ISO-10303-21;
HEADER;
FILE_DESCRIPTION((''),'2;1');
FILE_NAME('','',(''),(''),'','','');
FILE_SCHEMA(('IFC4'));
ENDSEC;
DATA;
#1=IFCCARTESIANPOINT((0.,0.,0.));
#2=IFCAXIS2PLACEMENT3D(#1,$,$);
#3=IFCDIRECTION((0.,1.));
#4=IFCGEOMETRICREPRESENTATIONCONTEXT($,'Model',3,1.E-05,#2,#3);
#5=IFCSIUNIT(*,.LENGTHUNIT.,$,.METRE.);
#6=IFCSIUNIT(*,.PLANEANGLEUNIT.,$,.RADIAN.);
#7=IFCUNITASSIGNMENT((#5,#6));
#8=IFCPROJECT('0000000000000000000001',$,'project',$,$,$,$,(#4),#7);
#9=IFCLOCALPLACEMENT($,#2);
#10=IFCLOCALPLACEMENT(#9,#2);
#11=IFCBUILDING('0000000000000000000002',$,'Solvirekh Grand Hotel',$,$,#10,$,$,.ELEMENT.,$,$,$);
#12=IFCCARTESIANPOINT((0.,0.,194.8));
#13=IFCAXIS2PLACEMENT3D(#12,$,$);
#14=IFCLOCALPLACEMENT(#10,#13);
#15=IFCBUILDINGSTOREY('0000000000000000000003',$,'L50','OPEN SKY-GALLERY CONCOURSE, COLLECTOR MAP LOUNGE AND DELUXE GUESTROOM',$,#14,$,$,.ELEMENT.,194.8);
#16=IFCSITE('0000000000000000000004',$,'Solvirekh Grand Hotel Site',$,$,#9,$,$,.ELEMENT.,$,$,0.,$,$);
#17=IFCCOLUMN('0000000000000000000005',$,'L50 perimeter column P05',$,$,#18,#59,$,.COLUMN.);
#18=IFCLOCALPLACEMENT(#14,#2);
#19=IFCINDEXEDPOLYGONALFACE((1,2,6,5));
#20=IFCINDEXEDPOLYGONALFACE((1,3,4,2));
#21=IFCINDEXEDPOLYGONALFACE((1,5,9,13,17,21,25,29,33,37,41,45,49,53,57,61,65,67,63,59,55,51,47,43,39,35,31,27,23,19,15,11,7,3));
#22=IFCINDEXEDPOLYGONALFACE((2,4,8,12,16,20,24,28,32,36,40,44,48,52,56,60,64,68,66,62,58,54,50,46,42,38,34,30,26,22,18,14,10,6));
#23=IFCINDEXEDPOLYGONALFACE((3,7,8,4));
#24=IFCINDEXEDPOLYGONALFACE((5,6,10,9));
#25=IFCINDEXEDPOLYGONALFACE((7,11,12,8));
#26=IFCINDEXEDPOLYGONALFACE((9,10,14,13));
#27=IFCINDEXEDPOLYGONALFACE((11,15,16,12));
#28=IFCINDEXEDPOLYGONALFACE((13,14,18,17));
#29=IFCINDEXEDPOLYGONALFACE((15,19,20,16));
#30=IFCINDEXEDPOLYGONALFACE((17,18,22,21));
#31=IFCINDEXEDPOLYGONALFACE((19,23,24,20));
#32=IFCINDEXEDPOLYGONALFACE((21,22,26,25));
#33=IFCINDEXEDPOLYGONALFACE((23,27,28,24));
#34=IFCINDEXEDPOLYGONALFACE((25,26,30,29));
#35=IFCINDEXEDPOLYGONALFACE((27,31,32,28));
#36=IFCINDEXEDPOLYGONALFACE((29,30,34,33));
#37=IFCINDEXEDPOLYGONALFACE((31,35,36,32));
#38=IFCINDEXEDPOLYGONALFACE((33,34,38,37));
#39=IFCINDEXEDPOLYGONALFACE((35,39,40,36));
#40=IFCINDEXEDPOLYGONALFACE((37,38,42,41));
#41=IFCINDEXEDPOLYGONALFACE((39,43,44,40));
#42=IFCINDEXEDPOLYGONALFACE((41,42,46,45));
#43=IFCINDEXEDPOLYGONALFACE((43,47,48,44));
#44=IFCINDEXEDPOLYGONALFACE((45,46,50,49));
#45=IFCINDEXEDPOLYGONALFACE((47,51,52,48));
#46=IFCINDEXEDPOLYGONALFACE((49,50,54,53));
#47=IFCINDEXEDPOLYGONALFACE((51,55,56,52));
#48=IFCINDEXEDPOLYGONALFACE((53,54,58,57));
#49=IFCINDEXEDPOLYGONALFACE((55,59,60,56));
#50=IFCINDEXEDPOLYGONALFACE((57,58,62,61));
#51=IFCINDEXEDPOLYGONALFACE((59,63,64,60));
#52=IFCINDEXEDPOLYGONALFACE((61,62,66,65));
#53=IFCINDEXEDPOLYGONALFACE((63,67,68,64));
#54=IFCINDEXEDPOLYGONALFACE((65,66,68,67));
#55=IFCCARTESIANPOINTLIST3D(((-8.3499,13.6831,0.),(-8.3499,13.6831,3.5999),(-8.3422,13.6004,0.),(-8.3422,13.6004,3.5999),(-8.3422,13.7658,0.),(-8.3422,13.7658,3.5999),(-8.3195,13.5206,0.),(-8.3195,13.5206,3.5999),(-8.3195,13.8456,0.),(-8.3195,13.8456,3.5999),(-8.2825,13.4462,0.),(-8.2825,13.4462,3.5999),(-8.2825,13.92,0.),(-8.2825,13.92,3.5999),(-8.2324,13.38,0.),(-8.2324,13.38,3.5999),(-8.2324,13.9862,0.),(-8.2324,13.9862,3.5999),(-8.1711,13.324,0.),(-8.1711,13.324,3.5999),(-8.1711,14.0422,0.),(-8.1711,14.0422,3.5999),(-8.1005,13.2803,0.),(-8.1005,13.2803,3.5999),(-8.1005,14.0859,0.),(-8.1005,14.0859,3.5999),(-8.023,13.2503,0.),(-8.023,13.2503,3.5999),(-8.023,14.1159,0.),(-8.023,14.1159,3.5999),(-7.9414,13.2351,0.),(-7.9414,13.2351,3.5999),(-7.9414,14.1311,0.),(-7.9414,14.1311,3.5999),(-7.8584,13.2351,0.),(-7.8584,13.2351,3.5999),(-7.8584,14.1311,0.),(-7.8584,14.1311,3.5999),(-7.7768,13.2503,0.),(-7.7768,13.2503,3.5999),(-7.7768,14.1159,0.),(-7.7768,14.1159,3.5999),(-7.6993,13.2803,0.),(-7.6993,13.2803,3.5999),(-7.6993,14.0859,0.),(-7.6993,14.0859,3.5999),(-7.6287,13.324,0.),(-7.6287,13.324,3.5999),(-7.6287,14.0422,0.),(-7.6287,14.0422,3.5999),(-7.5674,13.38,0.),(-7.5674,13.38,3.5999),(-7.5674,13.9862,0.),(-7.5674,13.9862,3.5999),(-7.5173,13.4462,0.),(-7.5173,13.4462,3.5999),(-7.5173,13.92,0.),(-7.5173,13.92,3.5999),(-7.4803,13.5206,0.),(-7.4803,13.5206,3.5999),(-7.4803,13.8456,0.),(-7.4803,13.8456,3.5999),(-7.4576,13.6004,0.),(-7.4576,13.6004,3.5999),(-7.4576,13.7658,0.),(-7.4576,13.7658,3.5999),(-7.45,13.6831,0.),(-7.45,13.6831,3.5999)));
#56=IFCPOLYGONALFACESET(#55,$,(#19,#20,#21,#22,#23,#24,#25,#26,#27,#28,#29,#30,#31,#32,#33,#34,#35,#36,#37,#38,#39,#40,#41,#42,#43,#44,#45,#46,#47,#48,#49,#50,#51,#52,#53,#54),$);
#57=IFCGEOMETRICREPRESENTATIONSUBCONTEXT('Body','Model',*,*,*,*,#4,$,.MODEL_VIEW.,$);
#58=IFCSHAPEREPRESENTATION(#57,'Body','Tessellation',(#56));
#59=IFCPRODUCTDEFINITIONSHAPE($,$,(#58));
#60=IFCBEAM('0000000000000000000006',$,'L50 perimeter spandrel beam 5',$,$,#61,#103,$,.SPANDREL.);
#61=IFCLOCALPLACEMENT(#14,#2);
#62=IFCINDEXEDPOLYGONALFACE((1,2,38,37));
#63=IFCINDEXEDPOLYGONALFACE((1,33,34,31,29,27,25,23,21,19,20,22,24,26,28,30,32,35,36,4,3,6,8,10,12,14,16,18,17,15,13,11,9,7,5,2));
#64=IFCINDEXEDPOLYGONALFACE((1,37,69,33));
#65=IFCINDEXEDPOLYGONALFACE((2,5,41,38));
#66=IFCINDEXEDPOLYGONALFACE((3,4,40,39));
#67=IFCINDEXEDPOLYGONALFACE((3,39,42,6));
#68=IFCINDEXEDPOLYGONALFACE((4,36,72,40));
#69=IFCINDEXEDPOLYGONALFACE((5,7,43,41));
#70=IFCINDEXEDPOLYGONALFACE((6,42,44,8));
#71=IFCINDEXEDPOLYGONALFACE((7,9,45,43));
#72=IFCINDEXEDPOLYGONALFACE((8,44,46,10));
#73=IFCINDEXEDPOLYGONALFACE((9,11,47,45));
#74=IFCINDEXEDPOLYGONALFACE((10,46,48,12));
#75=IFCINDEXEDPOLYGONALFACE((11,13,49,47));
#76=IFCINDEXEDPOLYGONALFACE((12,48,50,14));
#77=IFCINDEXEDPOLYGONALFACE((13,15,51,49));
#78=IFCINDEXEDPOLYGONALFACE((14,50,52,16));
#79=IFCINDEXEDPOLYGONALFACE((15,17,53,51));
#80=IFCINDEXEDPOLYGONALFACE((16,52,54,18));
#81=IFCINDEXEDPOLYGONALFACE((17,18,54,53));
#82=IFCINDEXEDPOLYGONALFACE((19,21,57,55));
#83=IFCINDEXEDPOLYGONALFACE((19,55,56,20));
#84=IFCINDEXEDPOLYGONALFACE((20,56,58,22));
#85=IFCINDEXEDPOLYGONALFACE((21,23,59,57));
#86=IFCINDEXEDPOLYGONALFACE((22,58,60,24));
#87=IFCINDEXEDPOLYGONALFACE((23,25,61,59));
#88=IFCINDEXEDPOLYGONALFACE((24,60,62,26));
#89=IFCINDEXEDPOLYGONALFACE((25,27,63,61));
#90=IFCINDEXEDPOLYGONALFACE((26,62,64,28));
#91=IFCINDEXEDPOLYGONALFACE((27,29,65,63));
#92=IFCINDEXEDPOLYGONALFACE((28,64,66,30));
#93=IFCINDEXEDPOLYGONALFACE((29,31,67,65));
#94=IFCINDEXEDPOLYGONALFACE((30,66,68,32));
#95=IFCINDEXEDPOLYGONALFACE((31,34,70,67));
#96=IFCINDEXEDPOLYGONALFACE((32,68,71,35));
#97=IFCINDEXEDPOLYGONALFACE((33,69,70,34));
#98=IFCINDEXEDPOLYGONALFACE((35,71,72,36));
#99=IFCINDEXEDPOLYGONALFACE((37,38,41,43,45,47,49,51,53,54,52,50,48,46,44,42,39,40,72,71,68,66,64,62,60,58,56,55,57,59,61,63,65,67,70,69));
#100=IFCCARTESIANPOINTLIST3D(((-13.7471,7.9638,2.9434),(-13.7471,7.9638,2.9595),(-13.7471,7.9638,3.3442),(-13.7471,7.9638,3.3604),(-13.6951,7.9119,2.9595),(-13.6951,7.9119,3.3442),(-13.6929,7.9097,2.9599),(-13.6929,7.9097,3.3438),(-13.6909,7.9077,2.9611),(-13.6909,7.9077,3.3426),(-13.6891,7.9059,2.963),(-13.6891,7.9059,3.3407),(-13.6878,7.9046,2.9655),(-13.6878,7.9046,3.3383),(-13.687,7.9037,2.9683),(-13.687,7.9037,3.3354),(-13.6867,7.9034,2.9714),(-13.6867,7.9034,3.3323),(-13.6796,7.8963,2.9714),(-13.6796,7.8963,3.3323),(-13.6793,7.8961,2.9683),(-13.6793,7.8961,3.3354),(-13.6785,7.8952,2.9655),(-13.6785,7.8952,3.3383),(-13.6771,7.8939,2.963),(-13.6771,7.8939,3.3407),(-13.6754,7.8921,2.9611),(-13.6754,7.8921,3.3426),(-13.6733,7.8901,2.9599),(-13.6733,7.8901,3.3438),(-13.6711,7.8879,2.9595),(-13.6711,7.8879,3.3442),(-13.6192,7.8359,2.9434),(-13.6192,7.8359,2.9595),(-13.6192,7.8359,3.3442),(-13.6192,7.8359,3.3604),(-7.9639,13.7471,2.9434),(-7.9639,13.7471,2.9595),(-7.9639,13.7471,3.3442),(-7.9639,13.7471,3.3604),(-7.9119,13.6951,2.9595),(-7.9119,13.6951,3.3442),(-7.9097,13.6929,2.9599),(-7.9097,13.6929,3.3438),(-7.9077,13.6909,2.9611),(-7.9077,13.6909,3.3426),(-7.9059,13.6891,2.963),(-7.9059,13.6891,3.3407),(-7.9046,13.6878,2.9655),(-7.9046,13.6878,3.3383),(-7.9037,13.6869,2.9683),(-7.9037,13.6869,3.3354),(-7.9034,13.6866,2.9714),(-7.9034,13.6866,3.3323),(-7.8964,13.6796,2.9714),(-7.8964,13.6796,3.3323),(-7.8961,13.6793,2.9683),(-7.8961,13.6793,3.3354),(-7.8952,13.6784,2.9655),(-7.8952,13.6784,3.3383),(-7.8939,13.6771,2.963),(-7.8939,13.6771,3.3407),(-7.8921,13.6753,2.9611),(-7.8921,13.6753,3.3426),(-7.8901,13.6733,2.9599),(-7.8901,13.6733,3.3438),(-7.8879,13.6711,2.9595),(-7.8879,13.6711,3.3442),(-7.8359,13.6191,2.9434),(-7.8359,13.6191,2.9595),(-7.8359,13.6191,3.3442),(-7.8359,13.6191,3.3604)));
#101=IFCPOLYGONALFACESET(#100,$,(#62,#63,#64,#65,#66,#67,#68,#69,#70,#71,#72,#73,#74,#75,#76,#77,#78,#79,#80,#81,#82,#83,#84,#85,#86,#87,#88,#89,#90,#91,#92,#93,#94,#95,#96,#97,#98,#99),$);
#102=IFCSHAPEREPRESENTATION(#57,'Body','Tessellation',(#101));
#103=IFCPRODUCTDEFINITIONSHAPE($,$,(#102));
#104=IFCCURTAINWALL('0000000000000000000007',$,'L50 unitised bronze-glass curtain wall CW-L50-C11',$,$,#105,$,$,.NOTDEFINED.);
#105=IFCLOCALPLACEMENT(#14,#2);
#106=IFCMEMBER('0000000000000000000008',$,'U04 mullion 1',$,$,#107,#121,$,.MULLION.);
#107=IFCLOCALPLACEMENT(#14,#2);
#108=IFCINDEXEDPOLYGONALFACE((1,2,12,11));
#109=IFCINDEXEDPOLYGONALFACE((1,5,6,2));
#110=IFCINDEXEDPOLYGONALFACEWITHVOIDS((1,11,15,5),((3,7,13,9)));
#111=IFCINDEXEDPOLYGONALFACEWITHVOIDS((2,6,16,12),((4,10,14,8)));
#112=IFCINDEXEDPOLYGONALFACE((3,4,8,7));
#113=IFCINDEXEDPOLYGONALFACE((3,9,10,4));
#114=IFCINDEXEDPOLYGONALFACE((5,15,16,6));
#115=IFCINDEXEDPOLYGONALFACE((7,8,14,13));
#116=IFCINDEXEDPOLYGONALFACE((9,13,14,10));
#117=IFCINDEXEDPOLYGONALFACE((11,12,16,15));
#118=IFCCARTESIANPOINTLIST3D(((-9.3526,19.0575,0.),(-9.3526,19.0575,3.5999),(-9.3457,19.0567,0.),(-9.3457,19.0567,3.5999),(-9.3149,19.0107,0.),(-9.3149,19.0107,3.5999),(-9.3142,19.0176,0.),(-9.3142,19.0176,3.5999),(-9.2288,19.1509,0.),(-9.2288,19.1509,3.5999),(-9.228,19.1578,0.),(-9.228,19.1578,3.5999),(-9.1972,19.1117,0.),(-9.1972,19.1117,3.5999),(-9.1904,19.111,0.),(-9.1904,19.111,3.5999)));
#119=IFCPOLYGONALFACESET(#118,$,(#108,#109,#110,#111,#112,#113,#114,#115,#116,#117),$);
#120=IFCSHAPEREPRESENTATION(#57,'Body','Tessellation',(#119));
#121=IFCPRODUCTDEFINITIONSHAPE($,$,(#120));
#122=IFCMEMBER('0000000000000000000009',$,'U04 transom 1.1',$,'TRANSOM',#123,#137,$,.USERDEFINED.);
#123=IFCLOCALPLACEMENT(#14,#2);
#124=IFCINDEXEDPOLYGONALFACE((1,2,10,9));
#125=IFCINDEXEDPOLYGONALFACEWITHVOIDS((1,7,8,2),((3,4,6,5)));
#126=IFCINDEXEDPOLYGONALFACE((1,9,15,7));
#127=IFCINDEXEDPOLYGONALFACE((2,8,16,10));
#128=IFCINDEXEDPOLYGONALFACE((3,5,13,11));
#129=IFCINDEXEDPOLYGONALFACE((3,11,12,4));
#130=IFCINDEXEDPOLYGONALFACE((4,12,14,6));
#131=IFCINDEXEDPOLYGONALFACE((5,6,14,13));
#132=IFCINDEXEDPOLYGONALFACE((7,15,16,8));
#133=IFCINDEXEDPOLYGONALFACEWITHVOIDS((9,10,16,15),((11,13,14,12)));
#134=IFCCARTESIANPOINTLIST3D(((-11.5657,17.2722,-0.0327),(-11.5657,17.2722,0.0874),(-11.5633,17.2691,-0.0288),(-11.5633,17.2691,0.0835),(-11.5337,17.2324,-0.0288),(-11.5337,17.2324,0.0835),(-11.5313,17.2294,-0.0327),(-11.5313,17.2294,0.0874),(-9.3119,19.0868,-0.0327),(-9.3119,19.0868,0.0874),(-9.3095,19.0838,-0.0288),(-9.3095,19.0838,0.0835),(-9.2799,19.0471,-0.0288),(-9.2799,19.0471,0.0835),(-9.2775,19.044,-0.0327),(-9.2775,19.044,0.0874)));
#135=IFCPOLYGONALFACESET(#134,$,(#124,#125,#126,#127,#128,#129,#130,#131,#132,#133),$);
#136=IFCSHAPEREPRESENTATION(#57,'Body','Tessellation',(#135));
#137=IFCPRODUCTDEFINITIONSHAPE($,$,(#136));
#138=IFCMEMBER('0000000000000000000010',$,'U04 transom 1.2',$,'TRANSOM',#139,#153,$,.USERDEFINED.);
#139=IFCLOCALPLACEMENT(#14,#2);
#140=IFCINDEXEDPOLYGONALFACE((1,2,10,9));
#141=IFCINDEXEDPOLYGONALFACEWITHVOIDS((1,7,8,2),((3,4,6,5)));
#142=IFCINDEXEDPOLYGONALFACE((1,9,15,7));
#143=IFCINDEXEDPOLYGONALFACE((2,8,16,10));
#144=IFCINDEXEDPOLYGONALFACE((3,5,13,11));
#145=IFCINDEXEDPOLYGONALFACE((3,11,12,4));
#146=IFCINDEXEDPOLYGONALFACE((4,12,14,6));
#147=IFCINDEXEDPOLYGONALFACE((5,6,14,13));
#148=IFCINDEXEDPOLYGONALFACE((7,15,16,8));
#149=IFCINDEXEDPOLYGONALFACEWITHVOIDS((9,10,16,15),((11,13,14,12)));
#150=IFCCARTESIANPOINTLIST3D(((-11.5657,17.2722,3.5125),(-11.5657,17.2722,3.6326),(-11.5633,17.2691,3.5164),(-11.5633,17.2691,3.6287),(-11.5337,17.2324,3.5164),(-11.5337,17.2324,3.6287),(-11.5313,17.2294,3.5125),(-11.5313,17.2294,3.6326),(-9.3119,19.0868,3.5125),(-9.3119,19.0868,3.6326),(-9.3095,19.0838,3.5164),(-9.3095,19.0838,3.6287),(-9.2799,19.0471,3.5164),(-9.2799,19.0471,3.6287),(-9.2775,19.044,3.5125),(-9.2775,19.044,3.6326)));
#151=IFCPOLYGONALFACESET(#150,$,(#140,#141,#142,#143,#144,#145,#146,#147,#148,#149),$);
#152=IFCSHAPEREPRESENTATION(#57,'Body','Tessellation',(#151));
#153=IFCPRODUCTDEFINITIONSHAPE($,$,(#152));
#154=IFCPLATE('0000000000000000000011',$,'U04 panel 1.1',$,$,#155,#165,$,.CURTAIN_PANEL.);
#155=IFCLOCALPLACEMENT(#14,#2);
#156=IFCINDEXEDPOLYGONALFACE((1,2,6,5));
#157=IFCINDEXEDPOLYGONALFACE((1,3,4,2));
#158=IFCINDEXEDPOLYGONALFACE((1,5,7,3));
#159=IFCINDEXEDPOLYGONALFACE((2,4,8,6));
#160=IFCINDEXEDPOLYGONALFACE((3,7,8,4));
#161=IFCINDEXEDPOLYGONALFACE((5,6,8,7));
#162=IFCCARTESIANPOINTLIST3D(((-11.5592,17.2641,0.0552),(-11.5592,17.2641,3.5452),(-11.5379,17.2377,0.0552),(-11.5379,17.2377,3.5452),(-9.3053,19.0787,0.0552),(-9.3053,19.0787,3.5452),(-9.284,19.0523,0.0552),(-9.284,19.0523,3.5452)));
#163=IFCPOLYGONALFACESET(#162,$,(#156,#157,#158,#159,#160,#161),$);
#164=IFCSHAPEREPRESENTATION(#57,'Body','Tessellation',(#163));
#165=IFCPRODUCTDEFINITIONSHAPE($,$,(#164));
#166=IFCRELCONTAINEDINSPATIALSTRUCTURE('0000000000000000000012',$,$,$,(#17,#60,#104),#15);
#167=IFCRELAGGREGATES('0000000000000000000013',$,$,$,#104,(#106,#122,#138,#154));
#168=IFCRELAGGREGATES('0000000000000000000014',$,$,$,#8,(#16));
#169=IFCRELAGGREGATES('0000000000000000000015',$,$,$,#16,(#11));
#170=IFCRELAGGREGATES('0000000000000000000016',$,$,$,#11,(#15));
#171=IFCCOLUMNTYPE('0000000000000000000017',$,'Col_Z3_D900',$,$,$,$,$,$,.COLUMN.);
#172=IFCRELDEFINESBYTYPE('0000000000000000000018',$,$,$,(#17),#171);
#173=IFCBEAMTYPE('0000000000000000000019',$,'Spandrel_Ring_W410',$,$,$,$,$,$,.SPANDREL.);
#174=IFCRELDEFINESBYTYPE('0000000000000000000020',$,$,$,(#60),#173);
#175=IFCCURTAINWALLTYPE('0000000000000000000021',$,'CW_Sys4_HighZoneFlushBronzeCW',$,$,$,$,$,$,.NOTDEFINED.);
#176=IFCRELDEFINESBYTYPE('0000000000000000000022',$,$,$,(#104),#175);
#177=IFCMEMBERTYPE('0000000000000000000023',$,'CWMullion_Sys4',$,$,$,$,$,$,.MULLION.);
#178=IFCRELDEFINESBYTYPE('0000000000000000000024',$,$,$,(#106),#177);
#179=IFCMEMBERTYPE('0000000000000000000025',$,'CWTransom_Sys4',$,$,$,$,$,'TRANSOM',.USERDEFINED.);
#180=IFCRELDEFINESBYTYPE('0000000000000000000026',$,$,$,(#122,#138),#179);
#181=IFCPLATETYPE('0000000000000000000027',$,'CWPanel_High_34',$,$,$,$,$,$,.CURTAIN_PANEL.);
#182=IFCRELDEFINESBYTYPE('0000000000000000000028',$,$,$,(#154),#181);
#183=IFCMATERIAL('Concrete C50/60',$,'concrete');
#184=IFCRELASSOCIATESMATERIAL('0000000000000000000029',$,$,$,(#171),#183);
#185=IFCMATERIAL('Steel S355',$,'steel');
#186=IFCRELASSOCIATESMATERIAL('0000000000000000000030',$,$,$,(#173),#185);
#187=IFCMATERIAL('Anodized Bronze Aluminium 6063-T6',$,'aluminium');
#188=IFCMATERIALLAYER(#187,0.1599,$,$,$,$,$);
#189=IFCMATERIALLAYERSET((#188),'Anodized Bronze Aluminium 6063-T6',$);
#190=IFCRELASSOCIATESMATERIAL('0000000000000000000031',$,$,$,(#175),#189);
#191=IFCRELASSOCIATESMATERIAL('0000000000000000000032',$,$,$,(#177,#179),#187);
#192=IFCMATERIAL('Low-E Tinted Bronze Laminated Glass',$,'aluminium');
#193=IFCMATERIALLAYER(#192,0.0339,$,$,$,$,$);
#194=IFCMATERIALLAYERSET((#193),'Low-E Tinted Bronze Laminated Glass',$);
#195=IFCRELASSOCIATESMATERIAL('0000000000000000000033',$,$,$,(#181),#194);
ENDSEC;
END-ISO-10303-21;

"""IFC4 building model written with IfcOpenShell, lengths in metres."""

from ifc_helpers import new_model, si_unit, direction, frame, origin, origin_2d, place, context, subcontext, project, spatial, rectangle, hollow_rectangle, circle, i_section, extrude, source, transform, mapped, material, layer, layer_set, material_profile, profile_set, type_object, element, aggregate, save


model = new_model("IFC4")

# Units and contexts
model_context = context("Model", 3, precision=1e-05, world=origin(), true_north=direction((0.0, 1.0)))
body_context = subcontext(model_context, "Body", "Model", "MODEL_VIEW")
ifc_project = project(units=[si_unit("LENGTHUNIT", "METRE"), si_unit("PLANEANGLEUNIT", "RADIAN")], contexts=[model_context])

# Site, building, storey
site_placement = place(None, origin())
site = spatial("IfcSite", under=ifc_project, at=site_placement, Name="Solvirekh Grand Hotel Site", CompositionType="ELEMENT", RefElevation=0.0)
building_placement = place(site_placement, origin())
building = spatial("IfcBuilding", under=site, at=building_placement, Name="Solvirekh Grand Hotel", CompositionType="ELEMENT")
storey_placement = place(building_placement, frame((0.0, 0.0, 194.8)))
storey = spatial("IfcBuildingStorey", under=building, at=storey_placement, Name="L50", Description="OPEN SKY-GALLERY CONCOURSE, COLLECTOR MAP LOUNGE AND DELUXE GUESTROOM", CompositionType="ELEMENT", Elevation=194.8)

# Column
ifc_material_1 = material(Name="Concrete C50/60", Category="concrete")
ifc_material_profile_1 = material_profile(ifc_material_1, circle(Radius=0.45, at=origin_2d()), Name="RC CIRC D900")
ifc_profile_set_1 = profile_set([ifc_material_profile_1], Name="Concrete C50/60")
column_type = type_object("IfcColumnType", Name="Col_Z3_D900", PredefinedType="COLUMN", material=ifc_profile_set_1)
column_placement = place(storey_placement, frame((-7.8999, 13.6831, 0.0), z_axis=(0.0, 0.0, 1.0), x_axis=(1.0, 0.0, 0.0)))
element("IfcColumn", 1, at=column_placement, inside=storey, type_object=column_type, Name="L50 perimeter column P05", PredefinedType="COLUMN", context=body_context, shape_type="SweptSolid", body=[
    extrude(circle(Radius=0.45, at=origin_2d()), origin(), (0.0, 0.0, 1.0), 3.5999),
])

# Beam
ifc_material_2 = material(Name="Steel S355", Category="steel")
ifc_material_profile_2 = material_profile(ifc_material_2, i_section(OverallWidth=0.1809, OverallDepth=0.417, WebThickness=0.01, FlangeThickness=0.0161, FilletRadius=0.012, at=origin_2d()), Name="W410X85")
ifc_profile_set_2 = profile_set([ifc_material_profile_2], Name="Steel S355")
beam_type = type_object("IfcBeamType", Name="Spandrel_Ring_W410", PredefinedType="SPANDREL", material=ifc_profile_set_2)
beam_placement = place(storey_placement, frame((-7.8999, 13.6831, 3.1519), z_axis=(-0.707107, -0.707107, 0.0), x_axis=(0.707107, -0.707107, 0.0)))
element("IfcBeam", 2, at=beam_placement, inside=storey, type_object=beam_type, Name="L50 perimeter spandrel beam 5", PredefinedType="SPANDREL", context=body_context, shape_type="SweptSolid", body=[
    extrude(i_section(OverallWidth=0.1809, OverallDepth=0.417, WebThickness=0.01, FlangeThickness=0.0161, FilletRadius=0.012, at=origin_2d()), origin(), (0.0, 0.0, 1.0), 8.1787),
])

# Curtain wall, members, plate
ifc_material_3 = material(Name="Anodized Bronze Aluminium 6063-T6", Category="aluminium")
ifc_layer_1 = layer(ifc_material_3, 0.1599)
ifc_layer_set_1 = layer_set([ifc_layer_1], Name="Anodized Bronze Aluminium 6063-T6")
curtain_wall_type = type_object("IfcCurtainWallType", Name="CW_Sys4_HighZoneFlushBronzeCW", PredefinedType="NOTDEFINED", material=ifc_layer_set_1)
curtain_wall_placement = place(storey_placement, origin())
curtain_wall = element("IfcCurtainWall", 3, at=curtain_wall_placement, inside=storey, type_object=curtain_wall_type, Name="L50 unitised bronze-glass curtain wall CW-L50-C11", PredefinedType="NOTDEFINED")
ifc_material_profile_3 = material_profile(ifc_material_3, hollow_rectangle(XDim=0.0601, YDim=0.1599, WallThickness=0.0049, at=origin_2d()), Name="ALU RHS 160X60X5")
ifc_profile_set_3 = profile_set([ifc_material_profile_3], Name="Anodized Bronze Aluminium 6063-T6")
member_type_1 = type_object("IfcMemberType", Name="CWMullion_Sys4", PredefinedType="MULLION", material=ifc_profile_set_3)
shared_shape_1 = source(origin(), body_context, "Body", "SweptSolid", [
    extrude(hollow_rectangle(XDim=0.0601, YDim=0.1599, WallThickness=0.0049, at=origin_2d()), origin(), (0.0, 0.0, 1.0), 3.5999),
])
member_1_placement = place(storey_placement, frame((-9.2715, 19.0842, 0.0), z_axis=(0.0, 0.0, 1.0), x_axis=(0.627104, -0.778936, 0.0)))
member_1 = element("IfcMember", 4, at=member_1_placement, type_object=member_type_1, Name="U04 mullion 1", PredefinedType="MULLION", context=body_context, shape_type="MappedRepresentation", body=[
    mapped(shared_shape_1, transform((0.0, 0.0, 0.0), x_axis=(1.0, 0.0, 0.0), y_axis=(0.0, 1.0, 0.0), z_axis=(0.0, 0.0, 1.0), scale=1.0)),
])
ifc_material_profile_4 = material_profile(ifc_material_3, hollow_rectangle(XDim=0.0549, YDim=0.1201, WallThickness=0.0039, at=origin_2d()), Name="ALU RHS 120X55X4")
ifc_profile_set_4 = profile_set([ifc_material_profile_4], Name="Anodized Bronze Aluminium 6063-T6")
member_type_2 = type_object("IfcMemberType", Name="CWTransom_Sys4", ElementType="TRANSOM", PredefinedType="USERDEFINED", material=ifc_profile_set_4)
shared_shape_2 = source(origin(), body_context, "Body", "SweptSolid", [
    extrude(hollow_rectangle(XDim=0.0549, YDim=0.1201, WallThickness=0.0039, at=origin_2d()), origin(), (0.0, 0.0, 1.0), 2.8936),
])
member_2_placement = place(storey_placement, frame((-9.2947, 19.0654, 0.0273), z_axis=(-0.778914, -0.627131, 0.0), x_axis=(0.627131, -0.778914, 0.0)))
member_2 = element("IfcMember", 5, at=member_2_placement, type_object=member_type_2, Name="U04 transom 1.1", ObjectType="TRANSOM", PredefinedType="USERDEFINED", context=body_context, shape_type="MappedRepresentation", body=[
    mapped(shared_shape_2, transform((0.0, 0.0, 0.0), x_axis=(1.0, 0.0, 0.0), y_axis=(0.0, 1.0, 0.0), z_axis=(0.0, 0.0, 1.0), scale=1.0)),
])
member_3_placement = place(storey_placement, frame((-9.2947, 19.0654, 3.5725), z_axis=(-0.778914, -0.627131, 0.0), x_axis=(0.627131, -0.778914, 0.0)))
member_3 = element("IfcMember", 6, at=member_3_placement, type_object=member_type_2, Name="U04 transom 1.2", ObjectType="TRANSOM", PredefinedType="USERDEFINED", context=body_context, shape_type="MappedRepresentation", body=[
    mapped(shared_shape_2, transform((0.0, 0.0, 0.0), x_axis=(1.0, 0.0, 0.0), y_axis=(0.0, 1.0, 0.0), z_axis=(0.0, 0.0, 1.0), scale=1.0)),
])
ifc_material_4 = material(Name="Low-E Tinted Bronze Laminated Glass", Category="aluminium")
ifc_layer_2 = layer(ifc_material_4, 0.0339)
ifc_layer_set_2 = layer_set([ifc_layer_2], Name="Low-E Tinted Bronze Laminated Glass")
plate_type = type_object("IfcPlateType", Name="CWPanel_High_34", PredefinedType="CURTAIN_PANEL", material=ifc_layer_set_2)
shared_shape_3 = source(origin(), body_context, "Body", "SweptSolid", [
    extrude(rectangle(XDim=2.8936, YDim=0.0339, at=origin_2d()), origin(), (0.0, 0.0, 1.0), 3.49),
])
plate_placement = place(storey_placement, frame((-10.4216, 18.1582, 0.0552), z_axis=(0.0, 0.0, 1.0), x_axis=(-0.778936, -0.627104, 0.0)))
plate = element("IfcPlate", 7, at=plate_placement, type_object=plate_type, Name="U04 panel 1.1", PredefinedType="CURTAIN_PANEL", context=body_context, shape_type="MappedRepresentation", body=[
    mapped(shared_shape_3, transform((0.0, 0.0, 0.0), x_axis=(1.0, 0.0, 0.0), y_axis=(0.0, 1.0, 0.0), z_axis=(0.0, 0.0, 1.0), scale=1.0)),
])
aggregate(curtain_wall, [member_1, member_2, member_3, plate])

save(model, "model.ifc")
